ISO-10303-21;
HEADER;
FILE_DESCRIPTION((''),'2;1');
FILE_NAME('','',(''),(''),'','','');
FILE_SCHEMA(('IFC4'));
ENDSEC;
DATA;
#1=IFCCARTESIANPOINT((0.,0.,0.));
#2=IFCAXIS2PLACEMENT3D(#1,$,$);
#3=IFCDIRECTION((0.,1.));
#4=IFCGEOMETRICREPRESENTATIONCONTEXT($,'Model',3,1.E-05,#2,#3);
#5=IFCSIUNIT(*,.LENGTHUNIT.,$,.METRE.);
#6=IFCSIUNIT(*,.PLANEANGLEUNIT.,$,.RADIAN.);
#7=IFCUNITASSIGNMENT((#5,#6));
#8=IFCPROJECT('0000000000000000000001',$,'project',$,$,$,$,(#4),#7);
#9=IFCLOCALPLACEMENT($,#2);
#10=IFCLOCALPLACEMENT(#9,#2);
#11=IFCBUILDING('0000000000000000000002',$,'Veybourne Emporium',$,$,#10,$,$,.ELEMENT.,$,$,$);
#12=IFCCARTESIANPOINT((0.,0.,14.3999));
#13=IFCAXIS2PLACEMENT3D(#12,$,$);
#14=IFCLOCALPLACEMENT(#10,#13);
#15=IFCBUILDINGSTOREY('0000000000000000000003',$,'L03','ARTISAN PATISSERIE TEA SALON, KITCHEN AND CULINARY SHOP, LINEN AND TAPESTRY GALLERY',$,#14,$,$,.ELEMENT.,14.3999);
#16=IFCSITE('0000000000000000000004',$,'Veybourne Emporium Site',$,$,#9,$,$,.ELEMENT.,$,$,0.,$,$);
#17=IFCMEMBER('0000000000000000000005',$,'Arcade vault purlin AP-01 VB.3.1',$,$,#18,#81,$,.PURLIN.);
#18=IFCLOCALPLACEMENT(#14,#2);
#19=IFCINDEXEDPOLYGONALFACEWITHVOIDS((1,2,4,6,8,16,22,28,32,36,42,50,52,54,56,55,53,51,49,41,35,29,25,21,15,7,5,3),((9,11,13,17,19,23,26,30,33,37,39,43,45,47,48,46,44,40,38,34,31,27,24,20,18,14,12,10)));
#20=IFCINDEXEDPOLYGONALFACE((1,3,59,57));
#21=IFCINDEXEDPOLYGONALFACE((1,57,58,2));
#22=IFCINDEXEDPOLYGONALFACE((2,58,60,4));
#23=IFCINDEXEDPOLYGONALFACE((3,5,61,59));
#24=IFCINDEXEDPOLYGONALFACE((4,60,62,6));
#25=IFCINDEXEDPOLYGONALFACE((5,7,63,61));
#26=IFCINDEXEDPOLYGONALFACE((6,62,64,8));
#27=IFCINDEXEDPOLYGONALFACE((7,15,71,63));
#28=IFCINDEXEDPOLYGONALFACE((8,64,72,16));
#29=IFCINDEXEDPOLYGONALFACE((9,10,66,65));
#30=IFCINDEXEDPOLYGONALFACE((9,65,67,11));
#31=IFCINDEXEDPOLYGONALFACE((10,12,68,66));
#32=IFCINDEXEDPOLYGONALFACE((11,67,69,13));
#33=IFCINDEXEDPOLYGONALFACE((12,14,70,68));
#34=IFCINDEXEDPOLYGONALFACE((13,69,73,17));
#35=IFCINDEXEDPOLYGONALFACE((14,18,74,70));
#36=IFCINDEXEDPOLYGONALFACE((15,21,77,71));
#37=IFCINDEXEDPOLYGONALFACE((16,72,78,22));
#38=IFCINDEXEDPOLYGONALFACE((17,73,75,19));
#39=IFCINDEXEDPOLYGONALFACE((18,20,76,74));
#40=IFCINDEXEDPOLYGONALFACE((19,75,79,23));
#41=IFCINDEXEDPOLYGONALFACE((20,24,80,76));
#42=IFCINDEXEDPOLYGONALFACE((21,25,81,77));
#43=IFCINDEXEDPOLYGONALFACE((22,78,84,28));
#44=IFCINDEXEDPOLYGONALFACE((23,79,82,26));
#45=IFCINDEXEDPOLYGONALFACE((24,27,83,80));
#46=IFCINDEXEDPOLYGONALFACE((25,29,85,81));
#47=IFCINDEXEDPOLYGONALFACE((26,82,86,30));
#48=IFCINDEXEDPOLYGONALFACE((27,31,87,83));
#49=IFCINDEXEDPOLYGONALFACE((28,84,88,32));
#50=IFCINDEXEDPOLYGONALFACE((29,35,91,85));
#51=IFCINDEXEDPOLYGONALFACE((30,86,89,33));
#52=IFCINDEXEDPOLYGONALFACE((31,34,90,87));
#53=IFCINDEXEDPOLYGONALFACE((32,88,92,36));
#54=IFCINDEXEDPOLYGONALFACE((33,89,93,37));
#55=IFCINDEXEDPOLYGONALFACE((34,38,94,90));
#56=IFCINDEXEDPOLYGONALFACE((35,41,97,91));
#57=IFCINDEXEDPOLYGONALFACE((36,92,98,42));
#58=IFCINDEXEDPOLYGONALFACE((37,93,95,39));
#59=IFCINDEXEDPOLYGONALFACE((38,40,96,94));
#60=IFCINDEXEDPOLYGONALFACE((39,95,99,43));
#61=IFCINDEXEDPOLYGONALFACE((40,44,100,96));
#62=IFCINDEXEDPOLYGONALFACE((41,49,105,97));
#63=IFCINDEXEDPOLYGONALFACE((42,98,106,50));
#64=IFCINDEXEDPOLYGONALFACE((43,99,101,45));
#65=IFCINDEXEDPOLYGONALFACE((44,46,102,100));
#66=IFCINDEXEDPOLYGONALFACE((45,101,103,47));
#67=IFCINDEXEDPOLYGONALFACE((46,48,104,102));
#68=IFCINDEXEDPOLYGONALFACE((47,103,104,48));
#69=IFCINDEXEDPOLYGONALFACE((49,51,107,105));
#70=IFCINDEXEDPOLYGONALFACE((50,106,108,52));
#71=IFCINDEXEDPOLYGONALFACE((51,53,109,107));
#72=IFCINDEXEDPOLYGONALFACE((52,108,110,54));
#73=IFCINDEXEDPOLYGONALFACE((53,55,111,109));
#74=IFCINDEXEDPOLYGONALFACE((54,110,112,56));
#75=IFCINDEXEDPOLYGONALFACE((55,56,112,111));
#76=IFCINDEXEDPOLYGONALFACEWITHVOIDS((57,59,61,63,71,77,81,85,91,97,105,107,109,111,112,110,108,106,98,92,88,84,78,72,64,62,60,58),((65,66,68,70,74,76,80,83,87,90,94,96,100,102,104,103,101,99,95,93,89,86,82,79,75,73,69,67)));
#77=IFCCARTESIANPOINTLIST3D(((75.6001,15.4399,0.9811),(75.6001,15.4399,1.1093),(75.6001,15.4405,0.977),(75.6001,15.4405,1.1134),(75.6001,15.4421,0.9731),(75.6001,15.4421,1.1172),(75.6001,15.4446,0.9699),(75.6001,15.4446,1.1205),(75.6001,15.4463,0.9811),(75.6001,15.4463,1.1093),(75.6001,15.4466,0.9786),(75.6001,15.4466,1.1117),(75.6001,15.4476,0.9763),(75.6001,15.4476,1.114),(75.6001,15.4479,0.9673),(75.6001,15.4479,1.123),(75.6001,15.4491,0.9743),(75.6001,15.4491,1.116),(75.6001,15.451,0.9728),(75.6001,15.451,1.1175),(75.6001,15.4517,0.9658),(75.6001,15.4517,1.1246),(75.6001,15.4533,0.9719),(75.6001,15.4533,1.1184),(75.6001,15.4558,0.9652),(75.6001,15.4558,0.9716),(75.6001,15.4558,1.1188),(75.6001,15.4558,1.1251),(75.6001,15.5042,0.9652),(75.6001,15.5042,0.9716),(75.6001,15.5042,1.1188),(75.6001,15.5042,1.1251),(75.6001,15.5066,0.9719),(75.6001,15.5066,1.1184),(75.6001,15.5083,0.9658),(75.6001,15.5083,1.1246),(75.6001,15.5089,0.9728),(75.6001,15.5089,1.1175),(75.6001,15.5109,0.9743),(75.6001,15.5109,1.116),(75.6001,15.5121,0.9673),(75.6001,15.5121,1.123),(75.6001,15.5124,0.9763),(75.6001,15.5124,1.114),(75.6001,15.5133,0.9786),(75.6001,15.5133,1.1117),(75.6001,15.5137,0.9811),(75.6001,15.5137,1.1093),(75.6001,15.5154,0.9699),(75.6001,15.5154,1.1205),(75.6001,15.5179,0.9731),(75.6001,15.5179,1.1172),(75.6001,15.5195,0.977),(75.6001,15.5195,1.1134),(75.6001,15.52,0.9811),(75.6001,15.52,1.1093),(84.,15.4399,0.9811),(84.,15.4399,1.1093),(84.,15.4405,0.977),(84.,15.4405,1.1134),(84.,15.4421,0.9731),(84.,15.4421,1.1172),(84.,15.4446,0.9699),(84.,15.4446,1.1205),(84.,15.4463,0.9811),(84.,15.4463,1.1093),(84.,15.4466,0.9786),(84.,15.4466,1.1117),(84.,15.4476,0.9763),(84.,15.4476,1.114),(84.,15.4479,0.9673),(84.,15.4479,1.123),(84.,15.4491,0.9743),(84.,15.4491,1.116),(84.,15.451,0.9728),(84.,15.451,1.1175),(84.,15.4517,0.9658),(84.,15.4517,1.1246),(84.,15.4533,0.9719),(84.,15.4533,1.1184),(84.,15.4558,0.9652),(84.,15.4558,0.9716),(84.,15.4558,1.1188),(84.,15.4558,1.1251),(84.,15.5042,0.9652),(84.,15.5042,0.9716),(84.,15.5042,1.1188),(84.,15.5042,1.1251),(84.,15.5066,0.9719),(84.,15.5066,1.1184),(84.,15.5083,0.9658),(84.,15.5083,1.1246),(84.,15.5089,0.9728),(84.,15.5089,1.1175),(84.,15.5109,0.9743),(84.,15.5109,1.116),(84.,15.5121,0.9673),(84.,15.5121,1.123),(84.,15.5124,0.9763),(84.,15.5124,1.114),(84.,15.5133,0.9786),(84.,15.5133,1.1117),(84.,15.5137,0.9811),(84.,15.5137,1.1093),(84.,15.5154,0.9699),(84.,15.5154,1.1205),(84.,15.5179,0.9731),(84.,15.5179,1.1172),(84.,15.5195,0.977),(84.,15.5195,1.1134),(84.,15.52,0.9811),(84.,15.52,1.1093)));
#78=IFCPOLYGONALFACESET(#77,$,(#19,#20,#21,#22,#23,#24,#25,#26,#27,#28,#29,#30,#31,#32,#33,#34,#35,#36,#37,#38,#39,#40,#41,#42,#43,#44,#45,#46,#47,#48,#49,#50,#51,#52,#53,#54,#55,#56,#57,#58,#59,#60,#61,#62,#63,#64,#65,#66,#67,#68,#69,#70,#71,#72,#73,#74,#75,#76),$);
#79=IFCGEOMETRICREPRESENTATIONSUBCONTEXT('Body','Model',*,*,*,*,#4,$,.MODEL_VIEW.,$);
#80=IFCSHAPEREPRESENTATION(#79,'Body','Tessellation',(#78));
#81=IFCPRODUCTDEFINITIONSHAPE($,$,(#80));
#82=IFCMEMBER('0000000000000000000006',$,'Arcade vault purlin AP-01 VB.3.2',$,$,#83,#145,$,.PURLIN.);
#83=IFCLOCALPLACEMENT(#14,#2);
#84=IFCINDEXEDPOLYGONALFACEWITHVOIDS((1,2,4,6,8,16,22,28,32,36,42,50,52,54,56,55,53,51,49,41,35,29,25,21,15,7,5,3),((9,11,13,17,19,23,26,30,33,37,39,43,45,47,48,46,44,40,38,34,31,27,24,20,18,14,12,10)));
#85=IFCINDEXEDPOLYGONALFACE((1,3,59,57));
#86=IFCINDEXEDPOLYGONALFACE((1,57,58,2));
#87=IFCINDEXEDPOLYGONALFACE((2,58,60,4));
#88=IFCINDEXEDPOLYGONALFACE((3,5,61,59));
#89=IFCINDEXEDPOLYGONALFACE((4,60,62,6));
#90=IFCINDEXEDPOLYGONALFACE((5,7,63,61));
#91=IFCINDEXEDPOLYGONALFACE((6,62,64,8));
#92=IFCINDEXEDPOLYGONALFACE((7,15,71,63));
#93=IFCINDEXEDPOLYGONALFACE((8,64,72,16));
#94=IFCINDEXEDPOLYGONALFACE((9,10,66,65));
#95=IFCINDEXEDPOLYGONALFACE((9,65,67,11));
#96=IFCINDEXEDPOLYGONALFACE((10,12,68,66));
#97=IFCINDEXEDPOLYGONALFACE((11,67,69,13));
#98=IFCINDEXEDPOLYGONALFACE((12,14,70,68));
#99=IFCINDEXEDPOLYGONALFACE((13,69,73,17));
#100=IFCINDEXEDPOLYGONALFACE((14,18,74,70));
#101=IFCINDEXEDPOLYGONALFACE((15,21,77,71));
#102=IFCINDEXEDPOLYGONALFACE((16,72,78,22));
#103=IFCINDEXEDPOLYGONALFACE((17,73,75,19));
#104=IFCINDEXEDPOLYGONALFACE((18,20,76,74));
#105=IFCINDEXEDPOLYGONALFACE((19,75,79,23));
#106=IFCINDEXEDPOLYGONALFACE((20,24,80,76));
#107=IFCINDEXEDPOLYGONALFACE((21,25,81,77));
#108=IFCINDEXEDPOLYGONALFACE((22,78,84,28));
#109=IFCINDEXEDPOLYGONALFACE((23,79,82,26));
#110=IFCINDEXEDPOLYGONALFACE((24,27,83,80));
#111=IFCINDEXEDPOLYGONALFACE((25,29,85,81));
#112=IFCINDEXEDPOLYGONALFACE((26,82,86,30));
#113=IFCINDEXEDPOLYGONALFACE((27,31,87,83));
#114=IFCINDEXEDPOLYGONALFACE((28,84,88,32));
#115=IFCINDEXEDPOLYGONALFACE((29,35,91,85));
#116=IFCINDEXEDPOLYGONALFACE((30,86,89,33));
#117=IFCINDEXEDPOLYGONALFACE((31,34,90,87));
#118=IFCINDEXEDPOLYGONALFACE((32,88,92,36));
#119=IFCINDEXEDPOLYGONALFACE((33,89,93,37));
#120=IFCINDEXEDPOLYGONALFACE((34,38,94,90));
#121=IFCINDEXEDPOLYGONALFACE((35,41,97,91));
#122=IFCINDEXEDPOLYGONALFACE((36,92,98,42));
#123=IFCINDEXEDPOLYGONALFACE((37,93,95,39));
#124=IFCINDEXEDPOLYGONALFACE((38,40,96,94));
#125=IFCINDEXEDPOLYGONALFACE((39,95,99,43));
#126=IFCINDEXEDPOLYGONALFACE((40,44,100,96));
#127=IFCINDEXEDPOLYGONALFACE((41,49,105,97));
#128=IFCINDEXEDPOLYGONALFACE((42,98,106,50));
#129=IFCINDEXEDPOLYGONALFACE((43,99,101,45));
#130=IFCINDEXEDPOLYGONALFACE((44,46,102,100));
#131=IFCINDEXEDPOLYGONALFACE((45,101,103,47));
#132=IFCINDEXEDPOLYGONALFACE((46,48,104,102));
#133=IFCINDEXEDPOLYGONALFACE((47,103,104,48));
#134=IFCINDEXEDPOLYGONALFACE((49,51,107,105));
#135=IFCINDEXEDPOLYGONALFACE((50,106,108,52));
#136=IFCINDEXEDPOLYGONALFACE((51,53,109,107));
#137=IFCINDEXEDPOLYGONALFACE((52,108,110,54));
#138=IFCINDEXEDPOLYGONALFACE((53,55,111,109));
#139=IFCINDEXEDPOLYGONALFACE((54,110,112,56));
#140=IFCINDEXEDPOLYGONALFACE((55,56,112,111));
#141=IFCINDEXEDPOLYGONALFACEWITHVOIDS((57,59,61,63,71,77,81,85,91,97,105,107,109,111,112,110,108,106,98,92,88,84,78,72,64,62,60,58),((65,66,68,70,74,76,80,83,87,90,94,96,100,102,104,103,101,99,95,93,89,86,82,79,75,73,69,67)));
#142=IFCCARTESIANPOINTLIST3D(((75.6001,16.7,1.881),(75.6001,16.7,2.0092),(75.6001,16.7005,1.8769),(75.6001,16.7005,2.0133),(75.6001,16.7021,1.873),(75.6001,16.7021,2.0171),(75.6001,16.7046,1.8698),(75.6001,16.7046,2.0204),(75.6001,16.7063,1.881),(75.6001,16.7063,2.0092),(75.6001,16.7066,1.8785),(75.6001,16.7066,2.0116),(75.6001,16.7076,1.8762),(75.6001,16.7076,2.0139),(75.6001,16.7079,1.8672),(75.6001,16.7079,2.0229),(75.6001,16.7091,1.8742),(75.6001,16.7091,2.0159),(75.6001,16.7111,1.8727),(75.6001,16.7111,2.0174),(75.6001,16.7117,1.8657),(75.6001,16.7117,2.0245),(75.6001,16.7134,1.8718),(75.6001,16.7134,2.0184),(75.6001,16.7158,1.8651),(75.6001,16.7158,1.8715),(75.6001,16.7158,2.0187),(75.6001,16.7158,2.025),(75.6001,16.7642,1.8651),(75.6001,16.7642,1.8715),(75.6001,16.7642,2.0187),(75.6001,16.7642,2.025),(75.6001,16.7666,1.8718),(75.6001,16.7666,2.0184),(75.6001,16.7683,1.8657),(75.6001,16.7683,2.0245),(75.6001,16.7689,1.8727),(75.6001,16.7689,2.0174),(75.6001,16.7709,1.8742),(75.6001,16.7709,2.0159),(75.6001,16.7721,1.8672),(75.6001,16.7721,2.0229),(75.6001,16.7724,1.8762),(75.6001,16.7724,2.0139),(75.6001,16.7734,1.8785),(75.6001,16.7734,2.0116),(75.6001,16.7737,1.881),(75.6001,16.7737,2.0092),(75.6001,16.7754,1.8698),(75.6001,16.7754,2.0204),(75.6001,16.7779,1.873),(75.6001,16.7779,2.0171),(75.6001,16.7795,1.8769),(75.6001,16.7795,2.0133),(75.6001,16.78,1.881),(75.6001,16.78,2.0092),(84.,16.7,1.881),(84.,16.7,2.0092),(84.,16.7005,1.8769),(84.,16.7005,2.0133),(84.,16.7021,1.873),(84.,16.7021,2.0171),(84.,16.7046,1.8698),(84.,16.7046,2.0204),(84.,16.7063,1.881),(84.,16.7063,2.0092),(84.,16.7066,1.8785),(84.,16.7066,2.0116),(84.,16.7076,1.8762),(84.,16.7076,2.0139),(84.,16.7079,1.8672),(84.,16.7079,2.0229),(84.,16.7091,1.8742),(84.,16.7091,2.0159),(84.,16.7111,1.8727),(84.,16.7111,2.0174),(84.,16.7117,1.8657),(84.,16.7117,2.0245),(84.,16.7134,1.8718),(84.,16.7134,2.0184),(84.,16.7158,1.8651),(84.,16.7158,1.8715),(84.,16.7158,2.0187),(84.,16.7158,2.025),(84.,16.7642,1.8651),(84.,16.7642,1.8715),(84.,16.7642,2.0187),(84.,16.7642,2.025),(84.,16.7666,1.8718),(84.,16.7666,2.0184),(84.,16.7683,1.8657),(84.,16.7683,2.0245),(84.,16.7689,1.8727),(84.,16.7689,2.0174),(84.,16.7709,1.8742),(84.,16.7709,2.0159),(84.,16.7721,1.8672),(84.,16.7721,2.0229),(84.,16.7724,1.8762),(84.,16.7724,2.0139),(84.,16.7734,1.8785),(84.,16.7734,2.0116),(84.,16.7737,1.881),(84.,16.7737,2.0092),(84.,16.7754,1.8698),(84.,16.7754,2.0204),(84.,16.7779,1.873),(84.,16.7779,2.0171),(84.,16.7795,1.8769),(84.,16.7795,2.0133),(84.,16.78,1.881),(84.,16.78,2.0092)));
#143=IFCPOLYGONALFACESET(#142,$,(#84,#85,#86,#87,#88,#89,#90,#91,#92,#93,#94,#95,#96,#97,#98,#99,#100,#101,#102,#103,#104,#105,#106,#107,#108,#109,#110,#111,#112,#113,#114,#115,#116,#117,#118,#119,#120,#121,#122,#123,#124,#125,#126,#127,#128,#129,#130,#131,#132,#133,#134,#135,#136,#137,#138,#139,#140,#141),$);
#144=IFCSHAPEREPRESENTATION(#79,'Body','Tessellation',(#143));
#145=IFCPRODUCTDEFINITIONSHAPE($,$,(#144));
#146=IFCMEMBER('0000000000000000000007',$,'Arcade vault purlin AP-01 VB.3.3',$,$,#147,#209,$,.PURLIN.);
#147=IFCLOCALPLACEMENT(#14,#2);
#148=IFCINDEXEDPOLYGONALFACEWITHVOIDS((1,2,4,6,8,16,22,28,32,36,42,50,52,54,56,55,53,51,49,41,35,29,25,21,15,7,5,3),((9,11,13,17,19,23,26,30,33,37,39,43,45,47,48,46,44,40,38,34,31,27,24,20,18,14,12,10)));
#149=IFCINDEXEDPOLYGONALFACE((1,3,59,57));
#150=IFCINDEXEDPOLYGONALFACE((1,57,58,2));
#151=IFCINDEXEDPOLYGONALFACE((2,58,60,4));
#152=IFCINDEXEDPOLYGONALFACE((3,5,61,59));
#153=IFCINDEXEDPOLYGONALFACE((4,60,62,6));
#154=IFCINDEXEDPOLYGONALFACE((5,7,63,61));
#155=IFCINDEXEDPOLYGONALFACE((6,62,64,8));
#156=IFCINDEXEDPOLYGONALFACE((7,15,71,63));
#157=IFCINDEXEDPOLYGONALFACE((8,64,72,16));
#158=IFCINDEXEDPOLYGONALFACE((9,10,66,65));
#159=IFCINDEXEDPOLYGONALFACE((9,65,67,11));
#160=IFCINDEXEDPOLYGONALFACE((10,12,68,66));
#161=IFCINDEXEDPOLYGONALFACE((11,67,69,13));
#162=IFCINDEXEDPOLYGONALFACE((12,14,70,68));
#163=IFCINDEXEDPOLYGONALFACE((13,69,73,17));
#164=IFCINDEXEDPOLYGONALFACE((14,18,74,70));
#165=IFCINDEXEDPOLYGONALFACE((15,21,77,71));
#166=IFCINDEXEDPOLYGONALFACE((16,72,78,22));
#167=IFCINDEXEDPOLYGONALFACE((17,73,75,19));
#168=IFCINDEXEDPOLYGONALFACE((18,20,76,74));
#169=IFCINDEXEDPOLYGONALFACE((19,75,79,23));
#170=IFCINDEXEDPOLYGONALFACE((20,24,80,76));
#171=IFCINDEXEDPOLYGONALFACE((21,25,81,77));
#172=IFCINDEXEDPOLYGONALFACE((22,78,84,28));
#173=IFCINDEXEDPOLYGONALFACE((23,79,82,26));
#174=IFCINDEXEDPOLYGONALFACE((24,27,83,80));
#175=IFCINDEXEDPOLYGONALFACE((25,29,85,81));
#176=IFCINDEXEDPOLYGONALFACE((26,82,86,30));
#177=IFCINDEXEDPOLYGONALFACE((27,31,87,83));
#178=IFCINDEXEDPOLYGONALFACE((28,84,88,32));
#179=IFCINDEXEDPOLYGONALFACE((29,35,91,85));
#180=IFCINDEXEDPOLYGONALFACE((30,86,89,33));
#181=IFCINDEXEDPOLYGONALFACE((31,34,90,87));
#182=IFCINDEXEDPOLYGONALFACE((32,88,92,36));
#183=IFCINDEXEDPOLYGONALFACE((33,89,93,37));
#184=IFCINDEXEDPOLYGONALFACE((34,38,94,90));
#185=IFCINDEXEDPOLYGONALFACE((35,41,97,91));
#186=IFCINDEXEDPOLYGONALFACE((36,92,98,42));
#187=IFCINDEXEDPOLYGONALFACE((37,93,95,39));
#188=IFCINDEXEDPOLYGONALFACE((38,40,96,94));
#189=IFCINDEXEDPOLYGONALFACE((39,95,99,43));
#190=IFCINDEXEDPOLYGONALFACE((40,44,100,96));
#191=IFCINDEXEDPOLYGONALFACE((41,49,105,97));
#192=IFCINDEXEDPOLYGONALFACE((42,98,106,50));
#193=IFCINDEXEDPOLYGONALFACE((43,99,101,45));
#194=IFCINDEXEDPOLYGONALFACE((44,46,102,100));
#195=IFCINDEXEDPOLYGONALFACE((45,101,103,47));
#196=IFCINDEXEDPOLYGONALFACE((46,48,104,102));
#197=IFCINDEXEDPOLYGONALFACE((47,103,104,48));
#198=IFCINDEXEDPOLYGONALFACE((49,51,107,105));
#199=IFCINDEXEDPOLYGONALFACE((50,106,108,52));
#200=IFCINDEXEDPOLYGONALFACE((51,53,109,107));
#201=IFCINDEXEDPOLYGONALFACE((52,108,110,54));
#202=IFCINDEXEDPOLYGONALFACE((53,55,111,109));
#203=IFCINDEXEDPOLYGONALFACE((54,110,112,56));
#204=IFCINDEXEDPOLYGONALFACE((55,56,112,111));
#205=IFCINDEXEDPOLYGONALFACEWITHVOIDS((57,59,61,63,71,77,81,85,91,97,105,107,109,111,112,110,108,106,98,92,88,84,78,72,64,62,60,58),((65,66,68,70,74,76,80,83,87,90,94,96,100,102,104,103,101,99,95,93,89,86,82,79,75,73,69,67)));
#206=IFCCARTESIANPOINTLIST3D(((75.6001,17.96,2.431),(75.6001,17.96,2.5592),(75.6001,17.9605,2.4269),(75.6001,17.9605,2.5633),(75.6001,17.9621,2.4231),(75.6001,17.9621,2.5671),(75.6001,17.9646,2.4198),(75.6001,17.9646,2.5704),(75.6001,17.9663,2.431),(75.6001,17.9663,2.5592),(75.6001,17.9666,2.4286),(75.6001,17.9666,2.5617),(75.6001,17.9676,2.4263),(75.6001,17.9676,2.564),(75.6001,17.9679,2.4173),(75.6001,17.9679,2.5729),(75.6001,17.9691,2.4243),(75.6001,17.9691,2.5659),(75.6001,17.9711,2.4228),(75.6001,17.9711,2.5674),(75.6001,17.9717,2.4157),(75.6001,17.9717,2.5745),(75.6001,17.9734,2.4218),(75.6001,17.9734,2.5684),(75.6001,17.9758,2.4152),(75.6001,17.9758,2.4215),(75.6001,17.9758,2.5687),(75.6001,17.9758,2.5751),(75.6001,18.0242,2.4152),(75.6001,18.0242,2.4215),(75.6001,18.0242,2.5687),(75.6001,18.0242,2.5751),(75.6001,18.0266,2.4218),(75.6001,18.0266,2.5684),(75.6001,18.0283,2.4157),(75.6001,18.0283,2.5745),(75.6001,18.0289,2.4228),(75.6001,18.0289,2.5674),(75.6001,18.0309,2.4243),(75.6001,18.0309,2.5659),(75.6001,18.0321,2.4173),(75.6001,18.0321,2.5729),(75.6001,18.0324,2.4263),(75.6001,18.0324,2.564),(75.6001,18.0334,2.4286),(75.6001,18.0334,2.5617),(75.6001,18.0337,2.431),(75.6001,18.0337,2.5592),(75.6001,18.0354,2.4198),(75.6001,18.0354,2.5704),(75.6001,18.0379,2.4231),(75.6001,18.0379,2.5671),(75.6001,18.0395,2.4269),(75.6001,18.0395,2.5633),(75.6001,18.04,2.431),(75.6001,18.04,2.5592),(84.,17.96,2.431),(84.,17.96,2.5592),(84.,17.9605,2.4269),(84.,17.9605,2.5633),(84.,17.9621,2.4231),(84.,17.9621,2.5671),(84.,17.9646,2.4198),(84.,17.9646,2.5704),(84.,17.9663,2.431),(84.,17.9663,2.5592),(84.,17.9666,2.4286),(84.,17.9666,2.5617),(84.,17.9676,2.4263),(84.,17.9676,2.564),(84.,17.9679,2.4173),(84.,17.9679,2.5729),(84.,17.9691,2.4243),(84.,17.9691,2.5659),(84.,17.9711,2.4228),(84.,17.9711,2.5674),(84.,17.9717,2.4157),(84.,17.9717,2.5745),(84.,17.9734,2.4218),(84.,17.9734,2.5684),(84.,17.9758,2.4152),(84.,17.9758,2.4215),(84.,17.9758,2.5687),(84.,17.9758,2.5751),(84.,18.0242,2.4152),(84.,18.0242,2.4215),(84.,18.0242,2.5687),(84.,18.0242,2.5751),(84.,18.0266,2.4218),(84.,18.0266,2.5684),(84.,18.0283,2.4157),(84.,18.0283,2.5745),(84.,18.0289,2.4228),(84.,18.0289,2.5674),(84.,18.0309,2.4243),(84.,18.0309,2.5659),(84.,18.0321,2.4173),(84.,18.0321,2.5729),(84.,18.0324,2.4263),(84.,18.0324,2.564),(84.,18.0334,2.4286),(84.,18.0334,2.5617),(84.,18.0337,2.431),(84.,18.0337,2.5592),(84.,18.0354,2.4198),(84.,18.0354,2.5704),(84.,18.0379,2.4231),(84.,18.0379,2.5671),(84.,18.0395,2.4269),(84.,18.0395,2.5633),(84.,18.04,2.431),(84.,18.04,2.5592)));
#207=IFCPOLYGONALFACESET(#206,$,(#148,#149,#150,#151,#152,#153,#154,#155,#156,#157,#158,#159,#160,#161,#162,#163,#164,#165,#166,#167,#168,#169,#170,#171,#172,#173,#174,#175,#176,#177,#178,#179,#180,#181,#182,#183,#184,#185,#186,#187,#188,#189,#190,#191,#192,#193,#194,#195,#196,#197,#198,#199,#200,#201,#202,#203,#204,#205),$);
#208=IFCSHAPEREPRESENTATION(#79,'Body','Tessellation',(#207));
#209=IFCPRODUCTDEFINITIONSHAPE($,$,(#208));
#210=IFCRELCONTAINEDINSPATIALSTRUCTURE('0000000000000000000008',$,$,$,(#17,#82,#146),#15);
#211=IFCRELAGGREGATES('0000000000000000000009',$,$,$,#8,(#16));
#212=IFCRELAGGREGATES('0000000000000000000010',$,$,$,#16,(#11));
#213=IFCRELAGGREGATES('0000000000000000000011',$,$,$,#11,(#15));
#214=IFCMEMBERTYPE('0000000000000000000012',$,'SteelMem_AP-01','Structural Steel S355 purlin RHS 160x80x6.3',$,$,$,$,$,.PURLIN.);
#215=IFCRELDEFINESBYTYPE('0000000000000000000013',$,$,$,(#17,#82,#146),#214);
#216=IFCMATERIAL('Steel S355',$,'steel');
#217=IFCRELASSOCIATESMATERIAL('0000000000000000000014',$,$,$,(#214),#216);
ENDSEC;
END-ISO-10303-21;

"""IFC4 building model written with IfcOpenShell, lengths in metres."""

from ifc_helpers import new_model, si_unit, direction, frame, origin, origin_2d, place, context, subcontext, project, spatial, hollow_rectangle, extrude, material, material_profile, profile_set, type_object, element, save


model = new_model("IFC4")

# Units and contexts
model_context = context("Model", 3, precision=1e-05, world=origin(), true_north=direction((0.0, 1.0)))
body_context = subcontext(model_context, "Body", "Model", "MODEL_VIEW")
ifc_project = project(units=[si_unit("LENGTHUNIT", "METRE"), si_unit("PLANEANGLEUNIT", "RADIAN")], contexts=[model_context])

# Site, building, storey
site_placement = place(None, origin())
site = spatial("IfcSite", under=ifc_project, at=site_placement, Name="Veybourne Emporium Site", CompositionType="ELEMENT", RefElevation=0.0)
building_placement = place(site_placement, origin())
building = spatial("IfcBuilding", under=site, at=building_placement, Name="Veybourne Emporium", CompositionType="ELEMENT")
storey_placement = place(building_placement, frame((0.0, 0.0, 14.3999)))
storey = spatial("IfcBuildingStorey", under=building, at=storey_placement, Name="L03", Description="ARTISAN PATISSERIE TEA SALON, KITCHEN AND CULINARY SHOP, LINEN AND TAPESTRY GALLERY", CompositionType="ELEMENT", Elevation=14.3999)

# Shared definitions
ifc_material_1 = material(Name="Steel S355", Category="steel")

# Members
ifc_material_profile_1 = material_profile(ifc_material_1, hollow_rectangle(XDim=0.0801, YDim=0.1599, WallThickness=0.0063, InnerFilletRadius=0.0095, OuterFilletRadius=0.0159, at=origin_2d()), Name="RHS 160x80x6.3")
ifc_profile_set_1 = profile_set([ifc_material_profile_1], Name="Steel S355")
member_type = type_object("IfcMemberType", Name="SteelMem_AP-01", Description="Structural Steel S355 purlin RHS 160x80x6.3", PredefinedType="PURLIN", material=ifc_profile_set_1)
for number, where, z_axis, x_axis, name in (
    (1, (75.6001, 15.48, 1.0452), (1.0, 0.0, 0.0), (0.0, 1.0, 0.0), "Arcade vault purlin AP-01 VB.3.1"),
    (2, (75.6001, 16.74, 1.9451), (1.0, 0.0, 0.0), (0.0, 1.0, 0.0), "Arcade vault purlin AP-01 VB.3.2"),
    (3, (75.6001, 18.0, 2.4951), (1.0, 0.0, 0.0), (0.0, 1.0, 0.0), "Arcade vault purlin AP-01 VB.3.3"),
):
    element("IfcMember", number, at=place(storey_placement, frame(where, z_axis=z_axis, x_axis=x_axis)), inside=storey, type_object=member_type, Name=name, PredefinedType="PURLIN", context=body_context, shape_type="SweptSolid", body=[
        extrude(hollow_rectangle(XDim=0.0801, YDim=0.1599, WallThickness=0.0063, InnerFilletRadius=0.0095, OuterFilletRadius=0.0159, at=origin_2d()), origin(), (0.0, 0.0, 1.0), 8.3999),
    ])

save(model, "model.ifc")
